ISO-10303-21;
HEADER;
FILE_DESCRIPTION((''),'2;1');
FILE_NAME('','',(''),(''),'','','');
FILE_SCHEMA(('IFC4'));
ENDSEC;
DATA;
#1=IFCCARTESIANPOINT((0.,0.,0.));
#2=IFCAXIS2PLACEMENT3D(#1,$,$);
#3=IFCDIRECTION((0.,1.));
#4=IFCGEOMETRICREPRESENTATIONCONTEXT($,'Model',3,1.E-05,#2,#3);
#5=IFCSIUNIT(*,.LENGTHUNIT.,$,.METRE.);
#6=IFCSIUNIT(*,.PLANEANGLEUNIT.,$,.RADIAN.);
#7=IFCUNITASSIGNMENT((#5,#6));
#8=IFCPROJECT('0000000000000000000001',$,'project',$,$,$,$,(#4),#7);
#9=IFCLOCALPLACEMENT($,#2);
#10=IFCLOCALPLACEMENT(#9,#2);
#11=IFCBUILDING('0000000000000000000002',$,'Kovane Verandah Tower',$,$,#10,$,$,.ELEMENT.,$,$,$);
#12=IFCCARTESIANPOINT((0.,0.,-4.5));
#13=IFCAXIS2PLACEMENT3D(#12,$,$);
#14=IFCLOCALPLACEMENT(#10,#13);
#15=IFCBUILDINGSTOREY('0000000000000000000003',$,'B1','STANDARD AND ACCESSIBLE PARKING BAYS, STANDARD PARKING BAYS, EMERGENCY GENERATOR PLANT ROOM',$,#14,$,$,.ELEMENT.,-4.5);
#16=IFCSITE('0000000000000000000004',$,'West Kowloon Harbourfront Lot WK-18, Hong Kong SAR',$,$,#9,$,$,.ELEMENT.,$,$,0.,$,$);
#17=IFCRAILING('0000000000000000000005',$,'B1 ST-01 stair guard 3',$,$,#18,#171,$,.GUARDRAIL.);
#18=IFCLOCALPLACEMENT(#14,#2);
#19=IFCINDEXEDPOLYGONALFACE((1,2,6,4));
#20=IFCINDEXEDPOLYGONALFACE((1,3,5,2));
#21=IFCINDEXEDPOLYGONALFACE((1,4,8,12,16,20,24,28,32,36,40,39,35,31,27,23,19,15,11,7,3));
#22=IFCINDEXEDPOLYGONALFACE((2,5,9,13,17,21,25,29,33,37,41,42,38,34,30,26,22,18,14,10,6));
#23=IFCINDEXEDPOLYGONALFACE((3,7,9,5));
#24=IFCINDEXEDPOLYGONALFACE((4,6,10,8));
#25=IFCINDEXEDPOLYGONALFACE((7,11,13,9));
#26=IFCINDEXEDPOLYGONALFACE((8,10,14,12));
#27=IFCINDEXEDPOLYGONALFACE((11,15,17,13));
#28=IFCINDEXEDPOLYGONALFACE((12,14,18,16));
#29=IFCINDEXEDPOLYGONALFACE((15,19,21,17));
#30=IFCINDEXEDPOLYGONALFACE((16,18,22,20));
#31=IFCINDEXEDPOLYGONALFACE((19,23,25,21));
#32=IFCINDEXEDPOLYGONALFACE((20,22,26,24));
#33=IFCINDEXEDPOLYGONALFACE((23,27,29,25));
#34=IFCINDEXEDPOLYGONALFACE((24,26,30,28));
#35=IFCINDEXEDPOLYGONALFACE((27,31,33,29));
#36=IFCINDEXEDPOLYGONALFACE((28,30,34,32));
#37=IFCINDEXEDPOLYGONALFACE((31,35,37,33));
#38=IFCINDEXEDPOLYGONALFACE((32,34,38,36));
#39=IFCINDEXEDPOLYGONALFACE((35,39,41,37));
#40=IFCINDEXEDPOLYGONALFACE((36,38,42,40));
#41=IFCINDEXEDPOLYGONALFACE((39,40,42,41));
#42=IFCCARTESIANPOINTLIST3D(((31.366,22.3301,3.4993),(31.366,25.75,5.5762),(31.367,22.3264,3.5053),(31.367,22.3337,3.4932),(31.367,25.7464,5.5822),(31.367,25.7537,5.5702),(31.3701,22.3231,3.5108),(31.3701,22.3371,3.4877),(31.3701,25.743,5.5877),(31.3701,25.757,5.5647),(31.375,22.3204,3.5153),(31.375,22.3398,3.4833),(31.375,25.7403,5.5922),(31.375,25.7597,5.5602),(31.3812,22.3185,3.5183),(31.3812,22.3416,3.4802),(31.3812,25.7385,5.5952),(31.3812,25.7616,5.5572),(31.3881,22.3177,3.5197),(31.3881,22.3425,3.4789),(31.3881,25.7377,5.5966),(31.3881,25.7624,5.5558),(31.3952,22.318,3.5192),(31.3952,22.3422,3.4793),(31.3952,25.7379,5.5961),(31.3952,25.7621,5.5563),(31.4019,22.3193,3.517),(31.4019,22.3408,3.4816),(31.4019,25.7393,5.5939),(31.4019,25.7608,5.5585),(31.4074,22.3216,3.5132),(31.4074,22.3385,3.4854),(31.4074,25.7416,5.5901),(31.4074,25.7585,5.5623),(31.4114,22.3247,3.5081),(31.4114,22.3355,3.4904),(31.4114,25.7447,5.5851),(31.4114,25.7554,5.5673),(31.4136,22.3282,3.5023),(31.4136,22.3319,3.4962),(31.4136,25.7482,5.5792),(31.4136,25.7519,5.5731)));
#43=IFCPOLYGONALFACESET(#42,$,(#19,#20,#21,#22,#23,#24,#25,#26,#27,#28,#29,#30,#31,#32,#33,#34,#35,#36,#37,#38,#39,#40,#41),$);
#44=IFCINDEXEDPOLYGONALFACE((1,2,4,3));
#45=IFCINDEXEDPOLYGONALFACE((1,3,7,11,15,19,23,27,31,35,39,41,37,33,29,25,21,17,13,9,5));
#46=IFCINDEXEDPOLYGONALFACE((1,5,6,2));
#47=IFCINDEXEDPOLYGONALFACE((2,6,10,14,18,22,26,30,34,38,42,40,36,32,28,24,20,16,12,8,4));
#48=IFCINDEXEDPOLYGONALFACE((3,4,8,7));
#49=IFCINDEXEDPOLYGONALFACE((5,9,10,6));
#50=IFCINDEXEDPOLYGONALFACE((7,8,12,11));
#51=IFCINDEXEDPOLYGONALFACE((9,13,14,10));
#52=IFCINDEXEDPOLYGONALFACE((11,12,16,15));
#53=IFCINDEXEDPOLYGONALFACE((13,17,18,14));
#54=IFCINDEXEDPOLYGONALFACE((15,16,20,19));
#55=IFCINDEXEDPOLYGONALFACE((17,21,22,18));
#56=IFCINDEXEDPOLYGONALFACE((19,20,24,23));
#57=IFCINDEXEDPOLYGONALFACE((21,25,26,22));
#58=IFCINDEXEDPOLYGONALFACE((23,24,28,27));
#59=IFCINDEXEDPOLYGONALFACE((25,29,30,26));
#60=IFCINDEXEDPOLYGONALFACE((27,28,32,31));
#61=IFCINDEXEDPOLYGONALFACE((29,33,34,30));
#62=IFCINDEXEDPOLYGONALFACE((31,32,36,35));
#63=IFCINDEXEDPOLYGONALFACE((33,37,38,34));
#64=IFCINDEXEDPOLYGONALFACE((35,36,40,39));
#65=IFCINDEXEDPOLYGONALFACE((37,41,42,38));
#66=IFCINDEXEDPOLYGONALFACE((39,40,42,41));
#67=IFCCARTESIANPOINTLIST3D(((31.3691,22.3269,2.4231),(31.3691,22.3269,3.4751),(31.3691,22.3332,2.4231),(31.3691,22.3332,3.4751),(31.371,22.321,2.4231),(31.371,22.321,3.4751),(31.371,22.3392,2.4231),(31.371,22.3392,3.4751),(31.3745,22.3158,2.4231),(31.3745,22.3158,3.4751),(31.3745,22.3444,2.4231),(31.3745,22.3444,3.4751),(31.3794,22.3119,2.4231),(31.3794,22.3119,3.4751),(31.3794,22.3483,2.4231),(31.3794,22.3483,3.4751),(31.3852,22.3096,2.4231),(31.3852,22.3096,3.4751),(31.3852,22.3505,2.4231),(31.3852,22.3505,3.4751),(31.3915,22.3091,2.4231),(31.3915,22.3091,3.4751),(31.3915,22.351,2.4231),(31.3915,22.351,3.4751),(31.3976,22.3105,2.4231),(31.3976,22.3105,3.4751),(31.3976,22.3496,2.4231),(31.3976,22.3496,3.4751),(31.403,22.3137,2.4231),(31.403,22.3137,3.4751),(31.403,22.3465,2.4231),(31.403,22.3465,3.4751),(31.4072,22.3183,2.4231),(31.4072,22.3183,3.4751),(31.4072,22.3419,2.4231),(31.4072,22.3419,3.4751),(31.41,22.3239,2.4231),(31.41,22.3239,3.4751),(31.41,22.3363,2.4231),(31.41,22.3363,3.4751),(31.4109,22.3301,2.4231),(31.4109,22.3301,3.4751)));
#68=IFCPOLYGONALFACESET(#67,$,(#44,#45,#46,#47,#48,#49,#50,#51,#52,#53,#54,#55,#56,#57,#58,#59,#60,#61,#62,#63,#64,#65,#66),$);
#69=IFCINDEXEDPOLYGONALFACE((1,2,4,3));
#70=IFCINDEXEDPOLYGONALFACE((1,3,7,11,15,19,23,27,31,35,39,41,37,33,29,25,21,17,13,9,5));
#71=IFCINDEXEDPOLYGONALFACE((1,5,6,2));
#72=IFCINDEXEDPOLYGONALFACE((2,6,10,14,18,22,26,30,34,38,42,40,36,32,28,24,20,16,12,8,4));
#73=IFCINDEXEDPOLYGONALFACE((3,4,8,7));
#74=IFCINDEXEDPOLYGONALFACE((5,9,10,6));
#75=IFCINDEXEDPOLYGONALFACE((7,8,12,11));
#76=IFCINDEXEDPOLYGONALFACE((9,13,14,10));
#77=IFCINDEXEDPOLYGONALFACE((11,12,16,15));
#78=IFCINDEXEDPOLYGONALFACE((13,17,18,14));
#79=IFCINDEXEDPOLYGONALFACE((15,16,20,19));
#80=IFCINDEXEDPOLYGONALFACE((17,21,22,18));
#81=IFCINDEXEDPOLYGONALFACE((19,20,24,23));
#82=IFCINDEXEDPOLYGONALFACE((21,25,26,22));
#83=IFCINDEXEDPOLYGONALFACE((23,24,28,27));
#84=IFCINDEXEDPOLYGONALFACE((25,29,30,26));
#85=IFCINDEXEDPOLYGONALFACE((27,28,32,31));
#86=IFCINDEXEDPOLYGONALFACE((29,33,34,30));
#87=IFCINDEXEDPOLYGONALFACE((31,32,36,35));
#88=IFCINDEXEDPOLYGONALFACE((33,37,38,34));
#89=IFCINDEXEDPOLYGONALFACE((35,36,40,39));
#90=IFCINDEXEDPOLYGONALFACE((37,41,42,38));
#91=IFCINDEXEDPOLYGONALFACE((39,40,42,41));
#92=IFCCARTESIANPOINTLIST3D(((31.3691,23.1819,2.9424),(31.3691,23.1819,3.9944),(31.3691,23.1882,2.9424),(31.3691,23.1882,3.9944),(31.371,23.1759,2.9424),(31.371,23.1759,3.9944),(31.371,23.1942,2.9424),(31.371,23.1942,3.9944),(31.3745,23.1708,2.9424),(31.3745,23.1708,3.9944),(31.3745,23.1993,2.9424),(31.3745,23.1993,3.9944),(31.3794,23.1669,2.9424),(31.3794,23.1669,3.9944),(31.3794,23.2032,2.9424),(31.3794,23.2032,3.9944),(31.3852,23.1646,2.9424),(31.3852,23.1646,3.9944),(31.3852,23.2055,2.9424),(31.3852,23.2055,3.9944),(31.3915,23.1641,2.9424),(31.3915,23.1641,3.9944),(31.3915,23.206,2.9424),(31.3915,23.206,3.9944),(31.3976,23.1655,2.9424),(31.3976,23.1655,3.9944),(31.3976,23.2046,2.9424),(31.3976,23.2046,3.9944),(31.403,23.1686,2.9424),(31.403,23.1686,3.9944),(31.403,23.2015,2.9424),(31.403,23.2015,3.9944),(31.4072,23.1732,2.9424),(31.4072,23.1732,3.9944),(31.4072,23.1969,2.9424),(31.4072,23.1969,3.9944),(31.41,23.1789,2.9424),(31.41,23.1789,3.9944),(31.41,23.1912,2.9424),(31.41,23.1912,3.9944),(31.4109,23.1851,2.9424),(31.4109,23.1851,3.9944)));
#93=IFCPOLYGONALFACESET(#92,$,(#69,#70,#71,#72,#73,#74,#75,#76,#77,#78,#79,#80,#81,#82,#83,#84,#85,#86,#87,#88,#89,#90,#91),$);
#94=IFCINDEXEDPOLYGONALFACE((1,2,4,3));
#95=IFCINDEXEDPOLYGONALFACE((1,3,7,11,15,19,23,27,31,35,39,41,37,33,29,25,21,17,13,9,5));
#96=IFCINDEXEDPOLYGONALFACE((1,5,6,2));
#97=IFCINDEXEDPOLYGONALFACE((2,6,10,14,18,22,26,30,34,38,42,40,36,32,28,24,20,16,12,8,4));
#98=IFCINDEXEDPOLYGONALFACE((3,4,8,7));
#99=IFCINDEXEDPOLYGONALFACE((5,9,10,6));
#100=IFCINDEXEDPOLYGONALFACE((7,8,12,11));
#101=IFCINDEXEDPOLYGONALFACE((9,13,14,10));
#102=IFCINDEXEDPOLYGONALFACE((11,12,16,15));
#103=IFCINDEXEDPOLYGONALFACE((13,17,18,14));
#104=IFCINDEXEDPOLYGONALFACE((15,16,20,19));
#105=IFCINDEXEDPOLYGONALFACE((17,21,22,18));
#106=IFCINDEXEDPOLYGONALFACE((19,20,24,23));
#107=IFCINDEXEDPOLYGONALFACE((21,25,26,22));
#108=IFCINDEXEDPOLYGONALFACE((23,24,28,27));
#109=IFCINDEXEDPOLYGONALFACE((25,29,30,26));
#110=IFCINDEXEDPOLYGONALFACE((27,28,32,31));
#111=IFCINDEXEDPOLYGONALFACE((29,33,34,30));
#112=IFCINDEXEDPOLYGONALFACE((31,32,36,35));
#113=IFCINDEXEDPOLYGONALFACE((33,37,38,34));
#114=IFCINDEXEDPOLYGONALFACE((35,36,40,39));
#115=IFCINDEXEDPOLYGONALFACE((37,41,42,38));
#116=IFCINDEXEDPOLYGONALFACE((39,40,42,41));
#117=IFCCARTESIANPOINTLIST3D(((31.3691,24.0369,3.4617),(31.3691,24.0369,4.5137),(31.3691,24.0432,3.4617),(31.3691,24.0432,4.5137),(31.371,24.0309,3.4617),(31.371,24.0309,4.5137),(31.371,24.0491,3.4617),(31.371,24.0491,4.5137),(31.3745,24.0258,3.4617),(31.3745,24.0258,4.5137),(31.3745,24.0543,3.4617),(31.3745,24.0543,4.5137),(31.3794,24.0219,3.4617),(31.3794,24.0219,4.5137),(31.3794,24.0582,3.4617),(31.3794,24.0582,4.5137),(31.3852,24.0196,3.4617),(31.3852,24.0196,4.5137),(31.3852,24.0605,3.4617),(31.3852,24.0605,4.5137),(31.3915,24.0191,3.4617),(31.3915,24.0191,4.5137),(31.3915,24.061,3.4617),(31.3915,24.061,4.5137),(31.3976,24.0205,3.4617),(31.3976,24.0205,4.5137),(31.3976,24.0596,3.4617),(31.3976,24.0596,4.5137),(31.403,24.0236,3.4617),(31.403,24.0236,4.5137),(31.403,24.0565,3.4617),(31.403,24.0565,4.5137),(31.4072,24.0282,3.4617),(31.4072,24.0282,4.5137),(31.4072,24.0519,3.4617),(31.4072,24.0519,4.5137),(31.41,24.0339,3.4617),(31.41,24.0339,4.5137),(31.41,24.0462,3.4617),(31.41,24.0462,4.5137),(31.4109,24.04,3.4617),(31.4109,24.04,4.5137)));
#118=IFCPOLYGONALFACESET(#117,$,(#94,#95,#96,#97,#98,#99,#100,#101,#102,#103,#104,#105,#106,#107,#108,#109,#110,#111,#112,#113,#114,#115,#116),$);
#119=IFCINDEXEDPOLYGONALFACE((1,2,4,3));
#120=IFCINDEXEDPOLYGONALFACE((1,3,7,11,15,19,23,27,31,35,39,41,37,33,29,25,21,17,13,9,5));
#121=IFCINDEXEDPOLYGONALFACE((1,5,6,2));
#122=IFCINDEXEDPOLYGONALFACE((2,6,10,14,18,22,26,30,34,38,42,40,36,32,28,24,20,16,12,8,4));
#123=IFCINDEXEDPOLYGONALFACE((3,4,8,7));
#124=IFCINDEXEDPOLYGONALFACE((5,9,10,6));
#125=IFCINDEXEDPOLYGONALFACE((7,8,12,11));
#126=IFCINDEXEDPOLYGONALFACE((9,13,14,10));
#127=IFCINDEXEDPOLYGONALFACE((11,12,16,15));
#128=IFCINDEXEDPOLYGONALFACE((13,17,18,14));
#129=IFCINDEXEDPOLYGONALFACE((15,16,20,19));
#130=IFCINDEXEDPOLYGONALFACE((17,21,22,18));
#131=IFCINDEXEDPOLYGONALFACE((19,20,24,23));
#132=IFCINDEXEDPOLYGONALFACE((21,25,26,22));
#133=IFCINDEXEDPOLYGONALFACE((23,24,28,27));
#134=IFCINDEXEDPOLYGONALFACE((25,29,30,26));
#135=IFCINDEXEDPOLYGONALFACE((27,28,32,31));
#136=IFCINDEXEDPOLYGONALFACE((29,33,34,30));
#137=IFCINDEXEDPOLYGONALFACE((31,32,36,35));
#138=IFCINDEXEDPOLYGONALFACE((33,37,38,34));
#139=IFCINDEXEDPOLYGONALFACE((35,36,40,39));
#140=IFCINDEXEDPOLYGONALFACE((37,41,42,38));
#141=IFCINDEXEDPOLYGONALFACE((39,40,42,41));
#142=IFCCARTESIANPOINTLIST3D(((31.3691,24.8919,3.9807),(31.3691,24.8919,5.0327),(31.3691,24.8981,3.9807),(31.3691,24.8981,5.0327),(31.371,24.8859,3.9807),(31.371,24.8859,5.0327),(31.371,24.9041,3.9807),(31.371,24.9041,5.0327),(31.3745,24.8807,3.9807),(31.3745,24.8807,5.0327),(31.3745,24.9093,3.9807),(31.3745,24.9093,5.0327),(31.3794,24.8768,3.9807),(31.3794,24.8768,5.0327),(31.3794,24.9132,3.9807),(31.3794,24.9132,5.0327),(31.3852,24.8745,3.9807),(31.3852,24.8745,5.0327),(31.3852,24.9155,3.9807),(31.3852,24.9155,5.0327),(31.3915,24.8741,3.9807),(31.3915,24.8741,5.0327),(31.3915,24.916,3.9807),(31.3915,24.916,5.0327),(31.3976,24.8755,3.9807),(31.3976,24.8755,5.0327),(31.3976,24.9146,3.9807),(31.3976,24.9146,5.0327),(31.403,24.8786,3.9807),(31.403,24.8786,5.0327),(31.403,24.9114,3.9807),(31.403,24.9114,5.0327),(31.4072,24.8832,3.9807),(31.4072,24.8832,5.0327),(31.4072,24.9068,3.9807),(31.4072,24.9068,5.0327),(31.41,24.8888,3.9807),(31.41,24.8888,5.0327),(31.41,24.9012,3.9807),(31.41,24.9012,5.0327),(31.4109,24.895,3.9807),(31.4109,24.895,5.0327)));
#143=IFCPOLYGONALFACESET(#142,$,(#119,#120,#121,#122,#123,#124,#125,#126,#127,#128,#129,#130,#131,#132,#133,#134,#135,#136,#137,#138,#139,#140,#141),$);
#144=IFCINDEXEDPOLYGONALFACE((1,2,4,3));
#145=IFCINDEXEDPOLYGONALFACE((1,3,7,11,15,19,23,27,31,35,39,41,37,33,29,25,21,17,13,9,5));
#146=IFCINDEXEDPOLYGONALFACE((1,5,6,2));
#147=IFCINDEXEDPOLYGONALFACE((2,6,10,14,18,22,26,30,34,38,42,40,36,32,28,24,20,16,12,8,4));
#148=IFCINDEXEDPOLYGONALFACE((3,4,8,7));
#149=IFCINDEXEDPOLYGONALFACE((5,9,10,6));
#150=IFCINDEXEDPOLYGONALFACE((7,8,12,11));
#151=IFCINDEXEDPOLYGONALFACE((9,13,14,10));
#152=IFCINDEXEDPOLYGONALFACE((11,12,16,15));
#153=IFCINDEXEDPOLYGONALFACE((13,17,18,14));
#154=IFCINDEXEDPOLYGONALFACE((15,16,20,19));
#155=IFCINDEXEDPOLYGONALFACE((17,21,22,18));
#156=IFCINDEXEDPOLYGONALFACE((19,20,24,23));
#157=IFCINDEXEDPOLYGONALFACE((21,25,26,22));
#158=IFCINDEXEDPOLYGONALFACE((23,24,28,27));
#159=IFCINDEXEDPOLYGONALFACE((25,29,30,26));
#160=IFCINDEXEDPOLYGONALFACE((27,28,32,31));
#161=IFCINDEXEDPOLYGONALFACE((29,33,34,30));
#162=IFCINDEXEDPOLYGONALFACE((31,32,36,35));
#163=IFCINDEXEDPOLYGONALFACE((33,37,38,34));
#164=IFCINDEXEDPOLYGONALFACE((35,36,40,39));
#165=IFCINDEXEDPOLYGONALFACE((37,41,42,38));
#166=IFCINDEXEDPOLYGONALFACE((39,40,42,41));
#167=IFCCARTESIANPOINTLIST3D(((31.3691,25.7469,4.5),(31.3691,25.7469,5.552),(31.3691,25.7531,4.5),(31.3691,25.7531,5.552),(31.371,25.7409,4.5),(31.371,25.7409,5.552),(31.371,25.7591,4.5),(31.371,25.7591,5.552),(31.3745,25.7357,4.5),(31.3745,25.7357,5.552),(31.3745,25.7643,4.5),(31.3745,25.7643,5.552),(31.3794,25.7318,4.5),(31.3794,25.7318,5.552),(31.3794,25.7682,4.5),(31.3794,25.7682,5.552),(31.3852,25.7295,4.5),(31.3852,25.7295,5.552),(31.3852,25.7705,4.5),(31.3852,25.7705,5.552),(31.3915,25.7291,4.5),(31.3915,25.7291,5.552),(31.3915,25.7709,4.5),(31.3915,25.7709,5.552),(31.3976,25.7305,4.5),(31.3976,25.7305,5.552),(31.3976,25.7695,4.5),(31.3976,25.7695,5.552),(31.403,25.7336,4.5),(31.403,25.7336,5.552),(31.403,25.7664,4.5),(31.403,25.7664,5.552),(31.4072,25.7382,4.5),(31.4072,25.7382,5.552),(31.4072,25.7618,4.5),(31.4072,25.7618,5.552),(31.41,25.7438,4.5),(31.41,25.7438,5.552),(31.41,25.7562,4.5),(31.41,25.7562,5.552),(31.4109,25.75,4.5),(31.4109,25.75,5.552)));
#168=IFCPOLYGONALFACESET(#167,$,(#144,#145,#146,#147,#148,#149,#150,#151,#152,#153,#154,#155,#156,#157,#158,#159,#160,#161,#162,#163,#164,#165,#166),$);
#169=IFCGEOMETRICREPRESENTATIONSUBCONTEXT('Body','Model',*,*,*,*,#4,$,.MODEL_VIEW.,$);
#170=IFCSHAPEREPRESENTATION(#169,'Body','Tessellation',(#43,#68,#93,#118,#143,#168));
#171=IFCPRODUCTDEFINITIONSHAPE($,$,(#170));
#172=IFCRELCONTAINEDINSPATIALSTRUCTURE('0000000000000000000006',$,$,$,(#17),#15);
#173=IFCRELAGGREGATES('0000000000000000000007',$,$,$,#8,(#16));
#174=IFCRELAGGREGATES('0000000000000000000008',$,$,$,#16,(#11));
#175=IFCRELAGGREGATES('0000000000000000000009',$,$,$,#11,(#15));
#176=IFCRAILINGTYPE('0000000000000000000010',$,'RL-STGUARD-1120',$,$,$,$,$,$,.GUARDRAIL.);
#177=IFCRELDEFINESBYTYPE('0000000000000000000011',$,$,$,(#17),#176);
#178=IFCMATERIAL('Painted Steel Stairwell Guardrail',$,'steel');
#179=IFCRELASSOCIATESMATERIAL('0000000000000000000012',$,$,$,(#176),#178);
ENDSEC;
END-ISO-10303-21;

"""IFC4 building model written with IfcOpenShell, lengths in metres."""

from ifc_helpers import new_model, si_unit, direction, frame, origin, origin_2d, place, context, subcontext, project, spatial, circle, extrude, material, type_object, element, save


model = new_model("IFC4")

# Units and contexts
model_context = context("Model", 3, precision=1e-05, world=origin(), true_north=direction((0.0, 1.0)))
body_context = subcontext(model_context, "Body", "Model", "MODEL_VIEW")
ifc_project = project(units=[si_unit("LENGTHUNIT", "METRE"), si_unit("PLANEANGLEUNIT", "RADIAN")], contexts=[model_context])

# Site, building, storey
site_placement = place(None, origin())
site = spatial("IfcSite", under=ifc_project, at=site_placement, Name="West Kowloon Harbourfront Lot WK-18, Hong Kong SAR", CompositionType="ELEMENT", RefElevation=0.0)
building_placement = place(site_placement, origin())
building = spatial("IfcBuilding", under=site, at=building_placement, Name="Kovane Verandah Tower", CompositionType="ELEMENT")
storey_placement = place(building_placement, frame((0.0, 0.0, -4.5)))
storey = spatial("IfcBuildingStorey", under=building, at=storey_placement, Name="B1", Description="STANDARD AND ACCESSIBLE PARKING BAYS, STANDARD PARKING BAYS, EMERGENCY GENERATOR PLANT ROOM", CompositionType="ELEMENT", Elevation=-4.5)

# Railing
ifc_material_1 = material(Name="Painted Steel Stairwell Guardrail", Category="steel")
railing_type_1 = type_object("IfcRailingType", Name="RL-STGUARD-1120", PredefinedType="GUARDRAIL", material=ifc_material_1)
railing_1_placement = place(storey_placement, frame((31.3899, 22.3301, 2.4231)))
element("IfcRailing", 1, at=railing_1_placement, inside=storey, type_object=railing_type_1, Name="B1 ST-01 stair guard 3", PredefinedType="GUARDRAIL", context=body_context, shape_type="SweptSolid", body=[
    extrude(circle(Radius=0.0239, at=origin_2d()), frame((0.0, 0.0, 1.0762), z_axis=(0.0, 0.85473, 0.519074), x_axis=(-1.0, 0.0, 0.0)), (0.0, 0.0, 1.0), 4.0012),
    extrude(circle(Radius=0.021, at=origin_2d()), origin(), (0.0, 0.0, 1.0), 1.052),
    extrude(circle(Radius=0.021, at=origin_2d()), frame((0.0, 0.855, 0.5193)), (0.0, 0.0, 1.0), 1.052),
    extrude(circle(Radius=0.021, at=origin_2d()), frame((0.0, 1.71, 1.0386)), (0.0, 0.0, 1.0), 1.052),
    extrude(circle(Radius=0.021, at=origin_2d()), frame((0.0, 2.5649, 1.5576)), (0.0, 0.0, 1.0), 1.052),
    extrude(circle(Radius=0.021, at=origin_2d()), frame((0.0, 3.4199, 2.0769)), (0.0, 0.0, 1.0), 1.052),
])

save(model, "model.ifc")
